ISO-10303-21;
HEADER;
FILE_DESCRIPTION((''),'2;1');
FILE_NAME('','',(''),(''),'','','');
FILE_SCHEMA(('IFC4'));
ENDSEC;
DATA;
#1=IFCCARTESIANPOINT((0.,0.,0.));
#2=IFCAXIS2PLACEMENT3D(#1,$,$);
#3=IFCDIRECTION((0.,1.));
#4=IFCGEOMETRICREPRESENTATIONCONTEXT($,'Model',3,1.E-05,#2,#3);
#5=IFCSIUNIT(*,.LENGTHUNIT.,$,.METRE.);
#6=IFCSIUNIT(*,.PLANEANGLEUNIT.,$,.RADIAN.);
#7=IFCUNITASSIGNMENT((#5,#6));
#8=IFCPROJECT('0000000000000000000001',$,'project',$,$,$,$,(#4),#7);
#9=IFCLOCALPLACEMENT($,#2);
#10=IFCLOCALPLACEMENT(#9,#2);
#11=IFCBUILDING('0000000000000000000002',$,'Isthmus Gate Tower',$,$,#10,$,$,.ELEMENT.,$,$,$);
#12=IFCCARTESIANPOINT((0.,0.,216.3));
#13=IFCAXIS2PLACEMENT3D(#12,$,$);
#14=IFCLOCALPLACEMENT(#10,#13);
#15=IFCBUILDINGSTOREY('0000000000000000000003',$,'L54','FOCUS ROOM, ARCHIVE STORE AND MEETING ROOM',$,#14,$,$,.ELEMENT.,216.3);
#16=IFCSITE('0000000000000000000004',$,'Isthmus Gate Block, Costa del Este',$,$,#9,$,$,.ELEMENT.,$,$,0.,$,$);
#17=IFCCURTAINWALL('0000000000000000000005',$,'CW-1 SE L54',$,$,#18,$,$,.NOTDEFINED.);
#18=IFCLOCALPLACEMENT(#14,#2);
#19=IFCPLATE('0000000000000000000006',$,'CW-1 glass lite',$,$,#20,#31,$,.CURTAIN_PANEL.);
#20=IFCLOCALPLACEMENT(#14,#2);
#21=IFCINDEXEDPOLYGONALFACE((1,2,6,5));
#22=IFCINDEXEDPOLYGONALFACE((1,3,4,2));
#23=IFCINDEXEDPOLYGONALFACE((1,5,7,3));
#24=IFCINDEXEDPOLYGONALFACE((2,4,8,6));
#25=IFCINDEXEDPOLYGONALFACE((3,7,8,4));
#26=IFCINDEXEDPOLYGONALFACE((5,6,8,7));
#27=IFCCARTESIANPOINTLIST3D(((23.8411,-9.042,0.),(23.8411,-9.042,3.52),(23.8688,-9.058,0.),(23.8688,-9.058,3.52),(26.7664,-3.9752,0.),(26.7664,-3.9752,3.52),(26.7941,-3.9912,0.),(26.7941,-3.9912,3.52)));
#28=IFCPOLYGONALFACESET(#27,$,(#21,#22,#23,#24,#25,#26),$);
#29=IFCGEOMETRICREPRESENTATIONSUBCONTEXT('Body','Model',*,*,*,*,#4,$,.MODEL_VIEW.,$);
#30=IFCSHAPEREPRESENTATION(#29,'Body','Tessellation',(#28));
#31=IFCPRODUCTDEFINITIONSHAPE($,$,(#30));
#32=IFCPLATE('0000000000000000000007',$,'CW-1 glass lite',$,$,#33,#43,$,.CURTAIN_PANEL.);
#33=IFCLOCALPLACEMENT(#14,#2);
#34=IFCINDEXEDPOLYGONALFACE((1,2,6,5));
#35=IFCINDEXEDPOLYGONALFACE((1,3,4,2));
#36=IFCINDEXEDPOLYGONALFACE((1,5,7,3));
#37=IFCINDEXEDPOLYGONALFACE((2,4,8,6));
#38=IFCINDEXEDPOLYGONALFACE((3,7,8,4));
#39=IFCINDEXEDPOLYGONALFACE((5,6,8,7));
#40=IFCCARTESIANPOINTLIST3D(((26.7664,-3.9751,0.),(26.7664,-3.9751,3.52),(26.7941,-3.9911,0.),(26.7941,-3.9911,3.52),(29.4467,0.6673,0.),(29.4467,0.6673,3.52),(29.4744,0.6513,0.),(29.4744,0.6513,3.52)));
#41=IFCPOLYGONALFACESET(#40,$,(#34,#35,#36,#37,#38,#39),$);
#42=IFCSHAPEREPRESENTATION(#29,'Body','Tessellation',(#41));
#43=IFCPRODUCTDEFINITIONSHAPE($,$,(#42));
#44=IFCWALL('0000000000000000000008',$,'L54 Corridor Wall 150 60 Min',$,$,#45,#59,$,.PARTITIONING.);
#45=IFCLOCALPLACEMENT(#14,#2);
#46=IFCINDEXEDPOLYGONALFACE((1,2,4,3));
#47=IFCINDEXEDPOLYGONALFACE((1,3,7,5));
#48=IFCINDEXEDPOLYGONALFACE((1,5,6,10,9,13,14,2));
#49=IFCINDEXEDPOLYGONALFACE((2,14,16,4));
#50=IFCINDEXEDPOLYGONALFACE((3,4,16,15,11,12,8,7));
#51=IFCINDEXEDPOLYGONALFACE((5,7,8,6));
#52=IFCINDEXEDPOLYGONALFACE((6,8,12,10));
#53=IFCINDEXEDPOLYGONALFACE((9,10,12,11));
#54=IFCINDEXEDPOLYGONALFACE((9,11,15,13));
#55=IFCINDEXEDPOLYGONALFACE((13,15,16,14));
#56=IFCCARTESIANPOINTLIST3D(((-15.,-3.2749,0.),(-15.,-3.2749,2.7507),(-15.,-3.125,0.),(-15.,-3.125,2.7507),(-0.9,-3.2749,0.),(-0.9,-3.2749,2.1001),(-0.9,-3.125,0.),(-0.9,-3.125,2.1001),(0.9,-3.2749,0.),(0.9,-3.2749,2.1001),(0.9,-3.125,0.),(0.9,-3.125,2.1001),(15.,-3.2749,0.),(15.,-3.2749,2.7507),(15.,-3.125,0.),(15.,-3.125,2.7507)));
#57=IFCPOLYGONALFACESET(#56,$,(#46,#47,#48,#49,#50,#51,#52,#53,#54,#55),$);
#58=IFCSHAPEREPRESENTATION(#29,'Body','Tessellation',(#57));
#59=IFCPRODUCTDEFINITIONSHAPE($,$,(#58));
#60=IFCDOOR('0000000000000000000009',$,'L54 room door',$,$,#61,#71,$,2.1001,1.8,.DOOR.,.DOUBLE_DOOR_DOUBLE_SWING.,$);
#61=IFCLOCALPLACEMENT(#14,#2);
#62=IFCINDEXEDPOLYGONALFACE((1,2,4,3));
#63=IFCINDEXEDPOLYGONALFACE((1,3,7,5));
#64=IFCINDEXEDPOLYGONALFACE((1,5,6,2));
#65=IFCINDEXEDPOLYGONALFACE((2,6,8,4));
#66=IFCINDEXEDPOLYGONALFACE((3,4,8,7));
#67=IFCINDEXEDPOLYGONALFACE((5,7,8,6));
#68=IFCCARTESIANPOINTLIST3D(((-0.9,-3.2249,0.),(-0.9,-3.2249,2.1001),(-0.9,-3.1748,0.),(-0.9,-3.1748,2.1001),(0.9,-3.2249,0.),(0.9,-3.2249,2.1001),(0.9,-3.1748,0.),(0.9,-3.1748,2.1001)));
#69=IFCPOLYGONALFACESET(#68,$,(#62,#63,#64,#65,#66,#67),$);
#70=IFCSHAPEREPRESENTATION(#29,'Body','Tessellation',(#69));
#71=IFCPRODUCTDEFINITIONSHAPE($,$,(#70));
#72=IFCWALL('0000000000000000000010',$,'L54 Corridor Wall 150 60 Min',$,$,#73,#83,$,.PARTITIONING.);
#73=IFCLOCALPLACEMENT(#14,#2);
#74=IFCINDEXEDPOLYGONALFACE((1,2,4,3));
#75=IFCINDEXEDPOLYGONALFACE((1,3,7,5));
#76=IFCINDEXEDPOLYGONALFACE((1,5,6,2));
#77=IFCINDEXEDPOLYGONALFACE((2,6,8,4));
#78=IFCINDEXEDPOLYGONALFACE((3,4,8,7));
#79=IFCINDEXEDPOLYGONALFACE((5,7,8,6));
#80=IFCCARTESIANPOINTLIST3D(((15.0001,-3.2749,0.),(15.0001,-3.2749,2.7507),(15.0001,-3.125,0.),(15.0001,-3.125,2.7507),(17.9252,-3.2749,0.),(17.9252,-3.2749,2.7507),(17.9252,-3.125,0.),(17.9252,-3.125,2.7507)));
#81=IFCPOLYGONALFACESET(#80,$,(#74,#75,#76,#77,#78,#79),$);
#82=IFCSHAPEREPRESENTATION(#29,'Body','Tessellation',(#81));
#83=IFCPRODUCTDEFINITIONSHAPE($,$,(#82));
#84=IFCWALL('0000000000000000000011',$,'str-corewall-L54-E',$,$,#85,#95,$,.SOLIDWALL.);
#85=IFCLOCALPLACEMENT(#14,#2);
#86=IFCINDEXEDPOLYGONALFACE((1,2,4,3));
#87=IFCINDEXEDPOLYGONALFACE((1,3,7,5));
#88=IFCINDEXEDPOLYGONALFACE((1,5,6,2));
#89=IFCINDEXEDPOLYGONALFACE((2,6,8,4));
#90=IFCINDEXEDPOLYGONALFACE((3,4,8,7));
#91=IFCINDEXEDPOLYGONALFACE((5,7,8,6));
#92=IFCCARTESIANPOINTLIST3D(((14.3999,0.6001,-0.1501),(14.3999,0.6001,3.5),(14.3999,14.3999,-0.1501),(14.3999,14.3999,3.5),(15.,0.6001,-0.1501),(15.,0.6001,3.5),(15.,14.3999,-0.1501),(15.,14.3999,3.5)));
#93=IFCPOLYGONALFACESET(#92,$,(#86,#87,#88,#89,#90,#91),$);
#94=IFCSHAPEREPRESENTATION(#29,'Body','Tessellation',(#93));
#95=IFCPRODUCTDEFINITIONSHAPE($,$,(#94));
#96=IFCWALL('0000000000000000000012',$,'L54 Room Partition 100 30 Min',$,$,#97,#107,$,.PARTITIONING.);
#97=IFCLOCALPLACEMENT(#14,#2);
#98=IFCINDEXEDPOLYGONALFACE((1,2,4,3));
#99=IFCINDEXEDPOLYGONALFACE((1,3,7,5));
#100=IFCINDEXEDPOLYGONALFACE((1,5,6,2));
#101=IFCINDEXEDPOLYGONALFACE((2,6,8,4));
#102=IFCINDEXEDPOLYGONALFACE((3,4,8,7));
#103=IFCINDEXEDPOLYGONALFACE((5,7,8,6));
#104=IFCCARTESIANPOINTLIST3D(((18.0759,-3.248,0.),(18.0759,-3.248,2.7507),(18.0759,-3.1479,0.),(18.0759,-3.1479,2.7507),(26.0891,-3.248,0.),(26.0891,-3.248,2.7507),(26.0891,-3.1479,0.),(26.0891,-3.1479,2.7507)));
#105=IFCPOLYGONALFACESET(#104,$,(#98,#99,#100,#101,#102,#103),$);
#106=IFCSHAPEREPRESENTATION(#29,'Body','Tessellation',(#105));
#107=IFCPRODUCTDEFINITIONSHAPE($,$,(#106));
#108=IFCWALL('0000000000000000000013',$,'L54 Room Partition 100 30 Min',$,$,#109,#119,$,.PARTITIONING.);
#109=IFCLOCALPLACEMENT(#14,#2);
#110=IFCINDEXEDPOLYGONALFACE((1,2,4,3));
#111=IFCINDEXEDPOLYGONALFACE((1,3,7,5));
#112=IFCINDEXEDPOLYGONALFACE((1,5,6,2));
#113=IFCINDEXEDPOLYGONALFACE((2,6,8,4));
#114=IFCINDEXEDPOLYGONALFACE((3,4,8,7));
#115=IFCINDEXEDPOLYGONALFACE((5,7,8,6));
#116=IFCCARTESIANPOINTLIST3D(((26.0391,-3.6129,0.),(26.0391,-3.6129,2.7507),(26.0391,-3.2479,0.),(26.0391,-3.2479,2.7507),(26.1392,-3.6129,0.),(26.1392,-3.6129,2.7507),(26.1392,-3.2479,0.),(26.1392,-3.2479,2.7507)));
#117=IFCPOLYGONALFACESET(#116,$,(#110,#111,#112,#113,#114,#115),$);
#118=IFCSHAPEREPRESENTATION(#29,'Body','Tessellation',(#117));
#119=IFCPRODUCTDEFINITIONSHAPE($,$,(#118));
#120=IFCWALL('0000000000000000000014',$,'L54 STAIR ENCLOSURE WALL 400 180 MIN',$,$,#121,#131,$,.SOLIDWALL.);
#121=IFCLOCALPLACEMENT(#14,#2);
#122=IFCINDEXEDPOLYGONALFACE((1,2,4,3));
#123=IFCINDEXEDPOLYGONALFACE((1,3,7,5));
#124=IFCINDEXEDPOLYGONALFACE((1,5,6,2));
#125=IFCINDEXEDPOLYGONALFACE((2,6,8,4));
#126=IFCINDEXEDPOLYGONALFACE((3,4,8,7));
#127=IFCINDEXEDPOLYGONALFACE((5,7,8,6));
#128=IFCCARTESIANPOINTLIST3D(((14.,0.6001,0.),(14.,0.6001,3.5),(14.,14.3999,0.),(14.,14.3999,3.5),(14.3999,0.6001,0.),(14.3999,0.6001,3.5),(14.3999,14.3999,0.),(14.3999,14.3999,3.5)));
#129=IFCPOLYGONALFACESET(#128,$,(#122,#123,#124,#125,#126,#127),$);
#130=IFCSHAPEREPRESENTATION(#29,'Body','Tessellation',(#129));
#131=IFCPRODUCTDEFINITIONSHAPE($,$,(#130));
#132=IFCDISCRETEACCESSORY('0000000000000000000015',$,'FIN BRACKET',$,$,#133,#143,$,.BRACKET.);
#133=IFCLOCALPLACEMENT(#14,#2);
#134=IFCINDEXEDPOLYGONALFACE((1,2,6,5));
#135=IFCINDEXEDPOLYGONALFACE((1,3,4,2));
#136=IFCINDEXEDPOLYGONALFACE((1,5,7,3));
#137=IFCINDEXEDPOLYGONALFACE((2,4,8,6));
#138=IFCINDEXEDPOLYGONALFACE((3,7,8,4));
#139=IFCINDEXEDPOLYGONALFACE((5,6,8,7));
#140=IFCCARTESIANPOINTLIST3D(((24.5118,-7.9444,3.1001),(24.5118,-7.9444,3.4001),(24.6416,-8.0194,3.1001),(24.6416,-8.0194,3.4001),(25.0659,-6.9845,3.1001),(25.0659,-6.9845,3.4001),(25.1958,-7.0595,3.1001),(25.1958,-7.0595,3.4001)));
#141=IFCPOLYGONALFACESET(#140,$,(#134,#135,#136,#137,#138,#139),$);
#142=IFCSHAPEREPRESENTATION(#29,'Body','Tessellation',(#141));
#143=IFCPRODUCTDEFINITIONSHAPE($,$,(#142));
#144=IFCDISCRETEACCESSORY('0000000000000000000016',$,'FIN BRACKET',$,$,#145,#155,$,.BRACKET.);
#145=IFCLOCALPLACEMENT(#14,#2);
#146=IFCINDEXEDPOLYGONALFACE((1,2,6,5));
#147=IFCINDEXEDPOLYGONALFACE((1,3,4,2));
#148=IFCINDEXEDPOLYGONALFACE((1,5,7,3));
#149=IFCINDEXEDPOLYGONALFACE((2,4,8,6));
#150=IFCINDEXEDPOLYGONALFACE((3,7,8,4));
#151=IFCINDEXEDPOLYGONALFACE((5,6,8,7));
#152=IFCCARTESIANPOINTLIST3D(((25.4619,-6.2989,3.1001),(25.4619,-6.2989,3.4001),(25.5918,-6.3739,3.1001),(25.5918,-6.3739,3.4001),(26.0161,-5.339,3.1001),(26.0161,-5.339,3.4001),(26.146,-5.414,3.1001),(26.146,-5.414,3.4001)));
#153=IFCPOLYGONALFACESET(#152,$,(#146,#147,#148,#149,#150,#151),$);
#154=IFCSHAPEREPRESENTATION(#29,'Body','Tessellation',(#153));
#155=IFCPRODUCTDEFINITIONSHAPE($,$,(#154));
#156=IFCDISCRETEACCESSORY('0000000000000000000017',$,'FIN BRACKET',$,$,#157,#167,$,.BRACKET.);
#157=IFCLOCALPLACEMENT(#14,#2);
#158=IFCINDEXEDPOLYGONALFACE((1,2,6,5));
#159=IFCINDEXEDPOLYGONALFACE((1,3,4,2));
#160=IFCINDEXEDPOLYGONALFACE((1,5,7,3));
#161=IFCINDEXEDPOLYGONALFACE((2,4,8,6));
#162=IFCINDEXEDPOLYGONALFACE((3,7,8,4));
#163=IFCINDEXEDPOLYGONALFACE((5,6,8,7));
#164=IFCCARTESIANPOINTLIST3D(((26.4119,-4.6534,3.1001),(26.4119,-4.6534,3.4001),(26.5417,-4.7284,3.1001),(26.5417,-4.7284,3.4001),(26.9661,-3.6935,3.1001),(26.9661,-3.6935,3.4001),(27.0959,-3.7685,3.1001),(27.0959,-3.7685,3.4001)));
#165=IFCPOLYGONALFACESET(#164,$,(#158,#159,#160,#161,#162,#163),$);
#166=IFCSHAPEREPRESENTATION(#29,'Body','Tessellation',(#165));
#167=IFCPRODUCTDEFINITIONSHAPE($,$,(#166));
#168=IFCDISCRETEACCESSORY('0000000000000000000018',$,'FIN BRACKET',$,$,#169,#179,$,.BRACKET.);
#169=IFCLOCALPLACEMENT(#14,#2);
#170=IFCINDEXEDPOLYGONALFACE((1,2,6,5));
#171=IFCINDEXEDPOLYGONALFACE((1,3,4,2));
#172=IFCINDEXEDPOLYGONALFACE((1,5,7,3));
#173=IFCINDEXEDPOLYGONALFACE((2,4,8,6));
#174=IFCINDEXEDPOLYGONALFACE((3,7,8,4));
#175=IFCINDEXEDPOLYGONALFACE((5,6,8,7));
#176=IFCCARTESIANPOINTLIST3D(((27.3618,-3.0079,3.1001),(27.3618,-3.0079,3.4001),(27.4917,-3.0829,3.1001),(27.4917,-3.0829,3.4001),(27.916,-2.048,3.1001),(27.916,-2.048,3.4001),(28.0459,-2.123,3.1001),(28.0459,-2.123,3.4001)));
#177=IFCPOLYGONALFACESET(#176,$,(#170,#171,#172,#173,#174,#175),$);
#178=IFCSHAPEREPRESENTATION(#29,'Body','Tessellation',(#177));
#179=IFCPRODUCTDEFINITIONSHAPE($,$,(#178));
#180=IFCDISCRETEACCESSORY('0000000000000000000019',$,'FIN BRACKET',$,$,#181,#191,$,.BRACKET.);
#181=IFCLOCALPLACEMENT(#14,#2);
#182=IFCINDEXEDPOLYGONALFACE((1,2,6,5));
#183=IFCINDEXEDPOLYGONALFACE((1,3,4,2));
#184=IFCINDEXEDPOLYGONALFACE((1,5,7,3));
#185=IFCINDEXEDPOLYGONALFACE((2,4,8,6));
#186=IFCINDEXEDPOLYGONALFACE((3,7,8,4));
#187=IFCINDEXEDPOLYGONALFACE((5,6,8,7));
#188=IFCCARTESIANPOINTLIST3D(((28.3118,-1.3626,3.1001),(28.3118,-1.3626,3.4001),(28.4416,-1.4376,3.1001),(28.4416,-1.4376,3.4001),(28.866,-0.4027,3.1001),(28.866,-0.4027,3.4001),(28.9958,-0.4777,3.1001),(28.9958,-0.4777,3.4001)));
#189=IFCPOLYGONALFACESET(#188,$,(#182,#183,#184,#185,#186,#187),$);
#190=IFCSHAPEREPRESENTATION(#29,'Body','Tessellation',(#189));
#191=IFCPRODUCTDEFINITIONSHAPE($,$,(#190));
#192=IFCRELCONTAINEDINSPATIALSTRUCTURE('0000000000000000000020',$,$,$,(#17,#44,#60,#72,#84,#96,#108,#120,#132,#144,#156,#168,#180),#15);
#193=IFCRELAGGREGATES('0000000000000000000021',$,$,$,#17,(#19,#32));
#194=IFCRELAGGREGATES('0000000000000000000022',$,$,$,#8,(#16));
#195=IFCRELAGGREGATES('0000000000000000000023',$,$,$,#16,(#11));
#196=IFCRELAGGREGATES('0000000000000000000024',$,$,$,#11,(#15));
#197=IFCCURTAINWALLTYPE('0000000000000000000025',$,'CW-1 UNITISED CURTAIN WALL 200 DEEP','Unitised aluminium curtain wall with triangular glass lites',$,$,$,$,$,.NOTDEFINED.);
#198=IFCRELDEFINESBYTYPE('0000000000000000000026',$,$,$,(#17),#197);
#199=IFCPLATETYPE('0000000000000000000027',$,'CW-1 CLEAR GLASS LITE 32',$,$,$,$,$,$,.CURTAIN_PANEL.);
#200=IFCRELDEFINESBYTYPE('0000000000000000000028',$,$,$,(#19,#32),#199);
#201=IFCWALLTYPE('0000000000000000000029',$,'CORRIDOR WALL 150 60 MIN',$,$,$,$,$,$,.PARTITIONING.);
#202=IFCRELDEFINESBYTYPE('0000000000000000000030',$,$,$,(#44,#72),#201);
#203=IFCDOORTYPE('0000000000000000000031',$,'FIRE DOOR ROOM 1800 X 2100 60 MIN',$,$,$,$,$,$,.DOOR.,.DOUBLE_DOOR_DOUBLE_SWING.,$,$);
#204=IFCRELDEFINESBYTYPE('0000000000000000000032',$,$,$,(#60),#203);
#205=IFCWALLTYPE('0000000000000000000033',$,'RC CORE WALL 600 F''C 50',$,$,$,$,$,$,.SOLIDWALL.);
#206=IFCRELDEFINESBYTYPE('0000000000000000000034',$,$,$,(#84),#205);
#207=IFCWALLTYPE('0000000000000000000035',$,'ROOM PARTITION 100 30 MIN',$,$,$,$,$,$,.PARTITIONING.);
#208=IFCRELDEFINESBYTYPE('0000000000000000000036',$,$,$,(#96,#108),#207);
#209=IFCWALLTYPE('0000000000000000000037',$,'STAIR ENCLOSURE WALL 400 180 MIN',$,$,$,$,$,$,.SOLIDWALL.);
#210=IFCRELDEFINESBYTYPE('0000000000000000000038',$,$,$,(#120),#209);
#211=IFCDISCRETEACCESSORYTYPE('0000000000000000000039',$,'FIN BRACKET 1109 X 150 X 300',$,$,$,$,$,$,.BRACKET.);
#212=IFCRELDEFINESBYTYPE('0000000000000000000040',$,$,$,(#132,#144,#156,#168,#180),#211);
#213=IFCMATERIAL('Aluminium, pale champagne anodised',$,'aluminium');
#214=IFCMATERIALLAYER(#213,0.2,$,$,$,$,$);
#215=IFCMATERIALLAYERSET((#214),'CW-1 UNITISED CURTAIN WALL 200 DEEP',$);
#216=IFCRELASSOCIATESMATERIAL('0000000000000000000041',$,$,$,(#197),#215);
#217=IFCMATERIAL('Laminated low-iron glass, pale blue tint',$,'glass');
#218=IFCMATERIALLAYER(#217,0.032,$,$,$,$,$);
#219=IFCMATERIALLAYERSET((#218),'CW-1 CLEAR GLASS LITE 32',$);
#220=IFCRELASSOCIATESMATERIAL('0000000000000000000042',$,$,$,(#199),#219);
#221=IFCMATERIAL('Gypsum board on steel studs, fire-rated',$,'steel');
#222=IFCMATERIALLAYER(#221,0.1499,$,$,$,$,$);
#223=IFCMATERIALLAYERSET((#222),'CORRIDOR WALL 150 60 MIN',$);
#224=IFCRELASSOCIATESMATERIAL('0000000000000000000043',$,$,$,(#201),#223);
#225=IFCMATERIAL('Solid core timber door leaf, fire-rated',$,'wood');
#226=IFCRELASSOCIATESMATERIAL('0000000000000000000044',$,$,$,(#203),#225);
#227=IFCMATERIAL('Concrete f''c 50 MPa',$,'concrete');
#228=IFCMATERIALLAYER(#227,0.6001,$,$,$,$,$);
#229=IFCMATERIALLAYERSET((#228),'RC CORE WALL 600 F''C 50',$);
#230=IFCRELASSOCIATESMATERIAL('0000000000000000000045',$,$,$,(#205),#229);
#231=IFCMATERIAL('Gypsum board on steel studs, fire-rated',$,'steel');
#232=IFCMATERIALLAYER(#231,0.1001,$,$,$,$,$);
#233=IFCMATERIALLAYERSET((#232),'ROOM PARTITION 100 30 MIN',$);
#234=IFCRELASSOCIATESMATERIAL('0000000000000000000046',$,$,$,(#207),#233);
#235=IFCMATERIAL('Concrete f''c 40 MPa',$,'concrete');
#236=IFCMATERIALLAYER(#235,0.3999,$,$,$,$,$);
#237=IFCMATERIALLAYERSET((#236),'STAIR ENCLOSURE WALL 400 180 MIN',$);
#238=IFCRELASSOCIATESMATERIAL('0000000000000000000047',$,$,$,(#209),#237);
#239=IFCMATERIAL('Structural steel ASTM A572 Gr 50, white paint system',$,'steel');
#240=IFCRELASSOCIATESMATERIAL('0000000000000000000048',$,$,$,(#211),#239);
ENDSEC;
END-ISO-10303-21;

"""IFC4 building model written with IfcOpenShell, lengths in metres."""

from ifc_helpers import new_model, si_unit, direction, frame, frame_2d, origin, origin_2d, place, context, subcontext, project, spatial, rectangle, extrude, material, layer, layer_set, type_object, element, fill, aggregate, save


model = new_model("IFC4")

# Units and contexts
model_context = context("Model", 3, precision=1e-05, world=origin(), true_north=direction((0.0, 1.0)))
body_context = subcontext(model_context, "Body", "Model", "MODEL_VIEW")
ifc_project = project(units=[si_unit("LENGTHUNIT", "METRE"), si_unit("PLANEANGLEUNIT", "RADIAN")], contexts=[model_context])

# Site, building, storey
site_placement = place(None, origin())
site = spatial("IfcSite", under=ifc_project, at=site_placement, Name="Isthmus Gate Block, Costa del Este", CompositionType="ELEMENT", RefElevation=0.0)
building_placement = place(site_placement, origin())
building = spatial("IfcBuilding", under=site, at=building_placement, Name="Isthmus Gate Tower", CompositionType="ELEMENT")
storey_placement = place(building_placement, frame((0.0, 0.0, 216.3)))
storey = spatial("IfcBuildingStorey", under=building, at=storey_placement, Name="L54", Description="FOCUS ROOM, ARCHIVE STORE AND MEETING ROOM", CompositionType="ELEMENT", Elevation=216.3)

# Curtain wall
ifc_material_1 = material(Name="Aluminium, pale champagne anodised", Category="aluminium")
ifc_layer_1 = layer(ifc_material_1, 0.2)
ifc_layer_set_1 = layer_set([ifc_layer_1], Name="CW-1 UNITISED CURTAIN WALL 200 DEEP")
curtain_wall_type = type_object("IfcCurtainWallType", Name="CW-1 UNITISED CURTAIN WALL 200 DEEP", Description="Unitised aluminium curtain wall with triangular glass lites", PredefinedType="NOTDEFINED", material=ifc_layer_set_1)
curtain_wall_1_placement = place(storey_placement, origin())
curtain_wall_1 = element("IfcCurtainWall", 1, at=curtain_wall_1_placement, inside=storey, type_object=curtain_wall_type, Name="CW-1 SE L54", PredefinedType="NOTDEFINED")

# Plates
ifc_material_2 = material(Name="Laminated low-iron glass, pale blue tint", Category="glass")
ifc_layer_2 = layer(ifc_material_2, 0.032)
ifc_layer_set_2 = layer_set([ifc_layer_2], Name="CW-1 CLEAR GLASS LITE 32")
plate_type = type_object("IfcPlateType", Name="CW-1 CLEAR GLASS LITE 32", PredefinedType="CURTAIN_PANEL", material=ifc_layer_set_2)
plate_1_placement = place(storey_placement, frame((25.3176, -6.5166, 0.0), z_axis=(0.0, 0.0, 1.0), x_axis=(0.5, 0.866025, 0.0)))
plate_1 = element("IfcPlate", 2, at=plate_1_placement, type_object=plate_type, Name="CW-1 glass lite", PredefinedType="CURTAIN_PANEL", context=body_context, shape_type="SweptSolid", body=[
    extrude(rectangle(XDim=5.8506, YDim=0.032, at=origin_2d()), origin(), (0.0, 0.0, 1.0), 3.52),
])
plate_2_placement = place(storey_placement, frame((28.1204, -1.6619, 0.0), z_axis=(0.0, 0.0, 1.0), x_axis=(0.5, 0.866025, 0.0)))
plate_2 = element("IfcPlate", 3, at=plate_2_placement, type_object=plate_type, Name="CW-1 glass lite", PredefinedType="CURTAIN_PANEL", context=body_context, shape_type="SweptSolid", body=[
    extrude(rectangle(XDim=5.3606, YDim=0.032, at=origin_2d()), origin(), (0.0, 0.0, 1.0), 3.52),
])
aggregate(curtain_wall_1, [plate_1, plate_2])

# Wall, opening, door
ifc_material_3 = material(Name="Gypsum board on steel studs, fire-rated", Category="steel")
ifc_layer_3 = layer(ifc_material_3, 0.1499)
ifc_layer_set_3 = layer_set([ifc_layer_3], Name="CORRIDOR WALL 150 60 MIN")
wall_type_1 = type_object("IfcWallType", Name="CORRIDOR WALL 150 60 MIN", PredefinedType="PARTITIONING", material=ifc_layer_set_3)
wall_1_placement = place(storey_placement, frame((15.0, -3.2, 0.0), z_axis=(0.0, 0.0, 1.0), x_axis=(-1.0, 0.0, 0.0)))
wall_1 = element("IfcWall", 4, at=wall_1_placement, inside=storey, type_object=wall_type_1, Name="L54 Corridor Wall 150 60 Min", PredefinedType="PARTITIONING", context=body_context, shape_type="SweptSolid", body=[
    extrude(rectangle(XDim=30.0, YDim=0.1499, at=frame_2d((15.0, 0.0))), origin(), (0.0, 0.0, 1.0), 2.7507),
])
opening_placement = place(wall_1_placement, frame((14.1001, 0.0, 0.0)))
opening = element("IfcOpeningElement", 5, at=opening_placement, cuts=wall_1, PredefinedType="OPENING", context=body_context, shape_type="SweptSolid", body=[
    extrude(rectangle(XDim=1.8, YDim=2.1001, at=frame_2d((0.8999, 1.05))), frame((0.0, 0.085, 0.0), z_axis=(0.0, -1.0, 0.0), x_axis=(1.0, 0.0, 0.0)), (0.0, 0.0, 1.0), 0.1699),
])
ifc_material_4 = material(Name="Solid core timber door leaf, fire-rated", Category="wood")
door_type = type_object("IfcDoorType", Name="FIRE DOOR ROOM 1800 X 2100 60 MIN", OperationType="DOUBLE_DOOR_DOUBLE_SWING", PredefinedType="DOOR", material=ifc_material_4)
door_placement = place(opening_placement, origin())
door = element("IfcDoor", 6, at=door_placement, inside=storey, type_object=door_type, Name="L54 room door", OperationType="DOUBLE_DOOR_DOUBLE_SWING", OverallHeight=2.1001, OverallWidth=1.8, PredefinedType="DOOR", context=body_context, shape_type="SweptSolid", body=[
    extrude(rectangle(XDim=1.8, YDim=2.1001, at=frame_2d((0.8999, 1.05))), frame((0.0, 0.0249, 0.0), z_axis=(0.0, -1.0, 0.0), x_axis=(1.0, 0.0, 0.0)), (0.0, 0.0, 1.0), 0.05),
])
fill(opening, door)

# Walls
wall_2_placement = place(storey_placement, frame((17.925, -3.2, 0.0), z_axis=(0.0, 0.0, 1.0), x_axis=(-1.0, 0.0, 0.0)))
element("IfcWall", 7, at=wall_2_placement, inside=storey, type_object=wall_type_1, Name="L54 Corridor Wall 150 60 Min", PredefinedType="PARTITIONING", context=body_context, shape_type="SweptSolid", body=[
    extrude(rectangle(XDim=2.925, YDim=0.1499, at=frame_2d((1.4624, 0.0))), origin(), (0.0, 0.0, 1.0), 2.7507),
])
ifc_material_5 = material(Name="Concrete f'c 50 MPa", Category="concrete")
ifc_layer_4 = layer(ifc_material_5, 0.6001)
ifc_layer_set_4 = layer_set([ifc_layer_4], Name="RC CORE WALL 600 F'C 50")
wall_type_2 = type_object("IfcWallType", Name="RC CORE WALL 600 F'C 50", PredefinedType="SOLIDWALL", material=ifc_layer_set_4)
wall_3_placement = place(storey_placement, frame((14.7, 0.6001, -0.1501), z_axis=(0.0, 0.0, 1.0), x_axis=(0.0, 1.0, 0.0)))
element("IfcWall", 8, at=wall_3_placement, inside=storey, type_object=wall_type_2, Name="str-corewall-L54-E", PredefinedType="SOLIDWALL", context=body_context, shape_type="SweptSolid", body=[
    extrude(rectangle(XDim=13.7998, YDim=0.6001, at=frame_2d((6.8999, 0.0))), origin(), (0.0, 0.0, 1.0), 3.6501),
])
ifc_material_6 = material(Name="Gypsum board on steel studs, fire-rated", Category="steel")
ifc_layer_5 = layer(ifc_material_6, 0.1001)
ifc_layer_set_5 = layer_set([ifc_layer_5], Name="ROOM PARTITION 100 30 MIN")
wall_type_3 = type_object("IfcWallType", Name="ROOM PARTITION 100 30 MIN", PredefinedType="PARTITIONING", material=ifc_layer_set_5)
wall_4_placement = place(storey_placement, frame((18.0759, -3.198, 0.0), z_axis=(0.0, 0.0, 1.0), x_axis=(1.0, 0.0, 0.0)))
element("IfcWall", 9, at=wall_4_placement, inside=storey, type_object=wall_type_3, Name="L54 Room Partition 100 30 Min", PredefinedType="PARTITIONING", context=body_context, shape_type="SweptSolid", body=[
    extrude(rectangle(XDim=8.0132, YDim=0.1001, at=frame_2d((4.0066, 0.0))), origin(), (0.0, 0.0, 1.0), 2.7507),
])
wall_5_placement = place(storey_placement, frame((26.0891, -3.613, 0.0), z_axis=(0.0, 0.0, 1.0), x_axis=(0.0, 1.0, 0.0)))
element("IfcWall", 10, at=wall_5_placement, inside=storey, type_object=wall_type_3, Name="L54 Room Partition 100 30 Min", PredefinedType="PARTITIONING", context=body_context, shape_type="SweptSolid", body=[
    extrude(rectangle(XDim=0.365, YDim=0.1001, at=frame_2d((0.1826, 0.0))), origin(), (0.0, 0.0, 1.0), 2.7507),
])
ifc_material_7 = material(Name="Concrete f'c 40 MPa", Category="concrete")
ifc_layer_6 = layer(ifc_material_7, 0.3999)
ifc_layer_set_6 = layer_set([ifc_layer_6], Name="STAIR ENCLOSURE WALL 400 180 MIN")
wall_type_4 = type_object("IfcWallType", Name="STAIR ENCLOSURE WALL 400 180 MIN", PredefinedType="SOLIDWALL", material=ifc_layer_set_6)
wall_6_placement = place(storey_placement, frame((14.2, 0.6001, 0.0), z_axis=(0.0, 0.0, 1.0), x_axis=(0.0, 1.0, 0.0)))
element("IfcWall", 11, at=wall_6_placement, inside=storey, type_object=wall_type_4, Name="L54 STAIR ENCLOSURE WALL 400 180 MIN", PredefinedType="SOLIDWALL", context=body_context, shape_type="SweptSolid", body=[
    extrude(rectangle(XDim=13.7998, YDim=0.3999, at=frame_2d((6.8999, 0.0))), origin(), (0.0, 0.0, 1.0), 3.5),
])

# Discrete accessories
ifc_material_8 = material(Name="Structural steel ASTM A572 Gr 50, white paint system", Category="steel")
discrete_accessory_type = type_object("IfcDiscreteAccessoryType", Name="FIN BRACKET 1109 X 150 X 300", PredefinedType="BRACKET", material=ifc_material_8)
for number, where, z_axis, x_axis, name in (
    (12, (24.8538, -7.502, 3.1001), (0.0, 0.0, 1.0), (0.866025, -0.5, 0.0), "FIN BRACKET"),
    (13, (25.804, -5.8564, 3.1001), (0.0, 0.0, 1.0), (0.866025, -0.5, 0.0), "FIN BRACKET"),
    (14, (26.7539, -4.2109, 3.1001), (0.0, 0.0, 1.0), (0.866025, -0.5, 0.0), "FIN BRACKET"),
    (15, (27.7039, -2.5654, 3.1001), (0.0, 0.0, 1.0), (0.866025, -0.5, 0.0), "FIN BRACKET"),
    (16, (28.6538, -0.9202, 3.1001), (0.0, 0.0, 1.0), (0.866025, -0.5, 0.0), "FIN BRACKET"),
):
    element("IfcDiscreteAccessory", number, at=place(storey_placement, frame(where, z_axis=z_axis, x_axis=x_axis)), inside=storey, type_object=discrete_accessory_type, Name=name, PredefinedType="BRACKET", context=body_context, shape_type="SweptSolid", body=[
        extrude(rectangle(XDim=0.1499, YDim=1.1084, at=origin_2d()), origin(), (0.0, 0.0, 1.0), 0.3),
    ])

save(model, "model.ifc")
